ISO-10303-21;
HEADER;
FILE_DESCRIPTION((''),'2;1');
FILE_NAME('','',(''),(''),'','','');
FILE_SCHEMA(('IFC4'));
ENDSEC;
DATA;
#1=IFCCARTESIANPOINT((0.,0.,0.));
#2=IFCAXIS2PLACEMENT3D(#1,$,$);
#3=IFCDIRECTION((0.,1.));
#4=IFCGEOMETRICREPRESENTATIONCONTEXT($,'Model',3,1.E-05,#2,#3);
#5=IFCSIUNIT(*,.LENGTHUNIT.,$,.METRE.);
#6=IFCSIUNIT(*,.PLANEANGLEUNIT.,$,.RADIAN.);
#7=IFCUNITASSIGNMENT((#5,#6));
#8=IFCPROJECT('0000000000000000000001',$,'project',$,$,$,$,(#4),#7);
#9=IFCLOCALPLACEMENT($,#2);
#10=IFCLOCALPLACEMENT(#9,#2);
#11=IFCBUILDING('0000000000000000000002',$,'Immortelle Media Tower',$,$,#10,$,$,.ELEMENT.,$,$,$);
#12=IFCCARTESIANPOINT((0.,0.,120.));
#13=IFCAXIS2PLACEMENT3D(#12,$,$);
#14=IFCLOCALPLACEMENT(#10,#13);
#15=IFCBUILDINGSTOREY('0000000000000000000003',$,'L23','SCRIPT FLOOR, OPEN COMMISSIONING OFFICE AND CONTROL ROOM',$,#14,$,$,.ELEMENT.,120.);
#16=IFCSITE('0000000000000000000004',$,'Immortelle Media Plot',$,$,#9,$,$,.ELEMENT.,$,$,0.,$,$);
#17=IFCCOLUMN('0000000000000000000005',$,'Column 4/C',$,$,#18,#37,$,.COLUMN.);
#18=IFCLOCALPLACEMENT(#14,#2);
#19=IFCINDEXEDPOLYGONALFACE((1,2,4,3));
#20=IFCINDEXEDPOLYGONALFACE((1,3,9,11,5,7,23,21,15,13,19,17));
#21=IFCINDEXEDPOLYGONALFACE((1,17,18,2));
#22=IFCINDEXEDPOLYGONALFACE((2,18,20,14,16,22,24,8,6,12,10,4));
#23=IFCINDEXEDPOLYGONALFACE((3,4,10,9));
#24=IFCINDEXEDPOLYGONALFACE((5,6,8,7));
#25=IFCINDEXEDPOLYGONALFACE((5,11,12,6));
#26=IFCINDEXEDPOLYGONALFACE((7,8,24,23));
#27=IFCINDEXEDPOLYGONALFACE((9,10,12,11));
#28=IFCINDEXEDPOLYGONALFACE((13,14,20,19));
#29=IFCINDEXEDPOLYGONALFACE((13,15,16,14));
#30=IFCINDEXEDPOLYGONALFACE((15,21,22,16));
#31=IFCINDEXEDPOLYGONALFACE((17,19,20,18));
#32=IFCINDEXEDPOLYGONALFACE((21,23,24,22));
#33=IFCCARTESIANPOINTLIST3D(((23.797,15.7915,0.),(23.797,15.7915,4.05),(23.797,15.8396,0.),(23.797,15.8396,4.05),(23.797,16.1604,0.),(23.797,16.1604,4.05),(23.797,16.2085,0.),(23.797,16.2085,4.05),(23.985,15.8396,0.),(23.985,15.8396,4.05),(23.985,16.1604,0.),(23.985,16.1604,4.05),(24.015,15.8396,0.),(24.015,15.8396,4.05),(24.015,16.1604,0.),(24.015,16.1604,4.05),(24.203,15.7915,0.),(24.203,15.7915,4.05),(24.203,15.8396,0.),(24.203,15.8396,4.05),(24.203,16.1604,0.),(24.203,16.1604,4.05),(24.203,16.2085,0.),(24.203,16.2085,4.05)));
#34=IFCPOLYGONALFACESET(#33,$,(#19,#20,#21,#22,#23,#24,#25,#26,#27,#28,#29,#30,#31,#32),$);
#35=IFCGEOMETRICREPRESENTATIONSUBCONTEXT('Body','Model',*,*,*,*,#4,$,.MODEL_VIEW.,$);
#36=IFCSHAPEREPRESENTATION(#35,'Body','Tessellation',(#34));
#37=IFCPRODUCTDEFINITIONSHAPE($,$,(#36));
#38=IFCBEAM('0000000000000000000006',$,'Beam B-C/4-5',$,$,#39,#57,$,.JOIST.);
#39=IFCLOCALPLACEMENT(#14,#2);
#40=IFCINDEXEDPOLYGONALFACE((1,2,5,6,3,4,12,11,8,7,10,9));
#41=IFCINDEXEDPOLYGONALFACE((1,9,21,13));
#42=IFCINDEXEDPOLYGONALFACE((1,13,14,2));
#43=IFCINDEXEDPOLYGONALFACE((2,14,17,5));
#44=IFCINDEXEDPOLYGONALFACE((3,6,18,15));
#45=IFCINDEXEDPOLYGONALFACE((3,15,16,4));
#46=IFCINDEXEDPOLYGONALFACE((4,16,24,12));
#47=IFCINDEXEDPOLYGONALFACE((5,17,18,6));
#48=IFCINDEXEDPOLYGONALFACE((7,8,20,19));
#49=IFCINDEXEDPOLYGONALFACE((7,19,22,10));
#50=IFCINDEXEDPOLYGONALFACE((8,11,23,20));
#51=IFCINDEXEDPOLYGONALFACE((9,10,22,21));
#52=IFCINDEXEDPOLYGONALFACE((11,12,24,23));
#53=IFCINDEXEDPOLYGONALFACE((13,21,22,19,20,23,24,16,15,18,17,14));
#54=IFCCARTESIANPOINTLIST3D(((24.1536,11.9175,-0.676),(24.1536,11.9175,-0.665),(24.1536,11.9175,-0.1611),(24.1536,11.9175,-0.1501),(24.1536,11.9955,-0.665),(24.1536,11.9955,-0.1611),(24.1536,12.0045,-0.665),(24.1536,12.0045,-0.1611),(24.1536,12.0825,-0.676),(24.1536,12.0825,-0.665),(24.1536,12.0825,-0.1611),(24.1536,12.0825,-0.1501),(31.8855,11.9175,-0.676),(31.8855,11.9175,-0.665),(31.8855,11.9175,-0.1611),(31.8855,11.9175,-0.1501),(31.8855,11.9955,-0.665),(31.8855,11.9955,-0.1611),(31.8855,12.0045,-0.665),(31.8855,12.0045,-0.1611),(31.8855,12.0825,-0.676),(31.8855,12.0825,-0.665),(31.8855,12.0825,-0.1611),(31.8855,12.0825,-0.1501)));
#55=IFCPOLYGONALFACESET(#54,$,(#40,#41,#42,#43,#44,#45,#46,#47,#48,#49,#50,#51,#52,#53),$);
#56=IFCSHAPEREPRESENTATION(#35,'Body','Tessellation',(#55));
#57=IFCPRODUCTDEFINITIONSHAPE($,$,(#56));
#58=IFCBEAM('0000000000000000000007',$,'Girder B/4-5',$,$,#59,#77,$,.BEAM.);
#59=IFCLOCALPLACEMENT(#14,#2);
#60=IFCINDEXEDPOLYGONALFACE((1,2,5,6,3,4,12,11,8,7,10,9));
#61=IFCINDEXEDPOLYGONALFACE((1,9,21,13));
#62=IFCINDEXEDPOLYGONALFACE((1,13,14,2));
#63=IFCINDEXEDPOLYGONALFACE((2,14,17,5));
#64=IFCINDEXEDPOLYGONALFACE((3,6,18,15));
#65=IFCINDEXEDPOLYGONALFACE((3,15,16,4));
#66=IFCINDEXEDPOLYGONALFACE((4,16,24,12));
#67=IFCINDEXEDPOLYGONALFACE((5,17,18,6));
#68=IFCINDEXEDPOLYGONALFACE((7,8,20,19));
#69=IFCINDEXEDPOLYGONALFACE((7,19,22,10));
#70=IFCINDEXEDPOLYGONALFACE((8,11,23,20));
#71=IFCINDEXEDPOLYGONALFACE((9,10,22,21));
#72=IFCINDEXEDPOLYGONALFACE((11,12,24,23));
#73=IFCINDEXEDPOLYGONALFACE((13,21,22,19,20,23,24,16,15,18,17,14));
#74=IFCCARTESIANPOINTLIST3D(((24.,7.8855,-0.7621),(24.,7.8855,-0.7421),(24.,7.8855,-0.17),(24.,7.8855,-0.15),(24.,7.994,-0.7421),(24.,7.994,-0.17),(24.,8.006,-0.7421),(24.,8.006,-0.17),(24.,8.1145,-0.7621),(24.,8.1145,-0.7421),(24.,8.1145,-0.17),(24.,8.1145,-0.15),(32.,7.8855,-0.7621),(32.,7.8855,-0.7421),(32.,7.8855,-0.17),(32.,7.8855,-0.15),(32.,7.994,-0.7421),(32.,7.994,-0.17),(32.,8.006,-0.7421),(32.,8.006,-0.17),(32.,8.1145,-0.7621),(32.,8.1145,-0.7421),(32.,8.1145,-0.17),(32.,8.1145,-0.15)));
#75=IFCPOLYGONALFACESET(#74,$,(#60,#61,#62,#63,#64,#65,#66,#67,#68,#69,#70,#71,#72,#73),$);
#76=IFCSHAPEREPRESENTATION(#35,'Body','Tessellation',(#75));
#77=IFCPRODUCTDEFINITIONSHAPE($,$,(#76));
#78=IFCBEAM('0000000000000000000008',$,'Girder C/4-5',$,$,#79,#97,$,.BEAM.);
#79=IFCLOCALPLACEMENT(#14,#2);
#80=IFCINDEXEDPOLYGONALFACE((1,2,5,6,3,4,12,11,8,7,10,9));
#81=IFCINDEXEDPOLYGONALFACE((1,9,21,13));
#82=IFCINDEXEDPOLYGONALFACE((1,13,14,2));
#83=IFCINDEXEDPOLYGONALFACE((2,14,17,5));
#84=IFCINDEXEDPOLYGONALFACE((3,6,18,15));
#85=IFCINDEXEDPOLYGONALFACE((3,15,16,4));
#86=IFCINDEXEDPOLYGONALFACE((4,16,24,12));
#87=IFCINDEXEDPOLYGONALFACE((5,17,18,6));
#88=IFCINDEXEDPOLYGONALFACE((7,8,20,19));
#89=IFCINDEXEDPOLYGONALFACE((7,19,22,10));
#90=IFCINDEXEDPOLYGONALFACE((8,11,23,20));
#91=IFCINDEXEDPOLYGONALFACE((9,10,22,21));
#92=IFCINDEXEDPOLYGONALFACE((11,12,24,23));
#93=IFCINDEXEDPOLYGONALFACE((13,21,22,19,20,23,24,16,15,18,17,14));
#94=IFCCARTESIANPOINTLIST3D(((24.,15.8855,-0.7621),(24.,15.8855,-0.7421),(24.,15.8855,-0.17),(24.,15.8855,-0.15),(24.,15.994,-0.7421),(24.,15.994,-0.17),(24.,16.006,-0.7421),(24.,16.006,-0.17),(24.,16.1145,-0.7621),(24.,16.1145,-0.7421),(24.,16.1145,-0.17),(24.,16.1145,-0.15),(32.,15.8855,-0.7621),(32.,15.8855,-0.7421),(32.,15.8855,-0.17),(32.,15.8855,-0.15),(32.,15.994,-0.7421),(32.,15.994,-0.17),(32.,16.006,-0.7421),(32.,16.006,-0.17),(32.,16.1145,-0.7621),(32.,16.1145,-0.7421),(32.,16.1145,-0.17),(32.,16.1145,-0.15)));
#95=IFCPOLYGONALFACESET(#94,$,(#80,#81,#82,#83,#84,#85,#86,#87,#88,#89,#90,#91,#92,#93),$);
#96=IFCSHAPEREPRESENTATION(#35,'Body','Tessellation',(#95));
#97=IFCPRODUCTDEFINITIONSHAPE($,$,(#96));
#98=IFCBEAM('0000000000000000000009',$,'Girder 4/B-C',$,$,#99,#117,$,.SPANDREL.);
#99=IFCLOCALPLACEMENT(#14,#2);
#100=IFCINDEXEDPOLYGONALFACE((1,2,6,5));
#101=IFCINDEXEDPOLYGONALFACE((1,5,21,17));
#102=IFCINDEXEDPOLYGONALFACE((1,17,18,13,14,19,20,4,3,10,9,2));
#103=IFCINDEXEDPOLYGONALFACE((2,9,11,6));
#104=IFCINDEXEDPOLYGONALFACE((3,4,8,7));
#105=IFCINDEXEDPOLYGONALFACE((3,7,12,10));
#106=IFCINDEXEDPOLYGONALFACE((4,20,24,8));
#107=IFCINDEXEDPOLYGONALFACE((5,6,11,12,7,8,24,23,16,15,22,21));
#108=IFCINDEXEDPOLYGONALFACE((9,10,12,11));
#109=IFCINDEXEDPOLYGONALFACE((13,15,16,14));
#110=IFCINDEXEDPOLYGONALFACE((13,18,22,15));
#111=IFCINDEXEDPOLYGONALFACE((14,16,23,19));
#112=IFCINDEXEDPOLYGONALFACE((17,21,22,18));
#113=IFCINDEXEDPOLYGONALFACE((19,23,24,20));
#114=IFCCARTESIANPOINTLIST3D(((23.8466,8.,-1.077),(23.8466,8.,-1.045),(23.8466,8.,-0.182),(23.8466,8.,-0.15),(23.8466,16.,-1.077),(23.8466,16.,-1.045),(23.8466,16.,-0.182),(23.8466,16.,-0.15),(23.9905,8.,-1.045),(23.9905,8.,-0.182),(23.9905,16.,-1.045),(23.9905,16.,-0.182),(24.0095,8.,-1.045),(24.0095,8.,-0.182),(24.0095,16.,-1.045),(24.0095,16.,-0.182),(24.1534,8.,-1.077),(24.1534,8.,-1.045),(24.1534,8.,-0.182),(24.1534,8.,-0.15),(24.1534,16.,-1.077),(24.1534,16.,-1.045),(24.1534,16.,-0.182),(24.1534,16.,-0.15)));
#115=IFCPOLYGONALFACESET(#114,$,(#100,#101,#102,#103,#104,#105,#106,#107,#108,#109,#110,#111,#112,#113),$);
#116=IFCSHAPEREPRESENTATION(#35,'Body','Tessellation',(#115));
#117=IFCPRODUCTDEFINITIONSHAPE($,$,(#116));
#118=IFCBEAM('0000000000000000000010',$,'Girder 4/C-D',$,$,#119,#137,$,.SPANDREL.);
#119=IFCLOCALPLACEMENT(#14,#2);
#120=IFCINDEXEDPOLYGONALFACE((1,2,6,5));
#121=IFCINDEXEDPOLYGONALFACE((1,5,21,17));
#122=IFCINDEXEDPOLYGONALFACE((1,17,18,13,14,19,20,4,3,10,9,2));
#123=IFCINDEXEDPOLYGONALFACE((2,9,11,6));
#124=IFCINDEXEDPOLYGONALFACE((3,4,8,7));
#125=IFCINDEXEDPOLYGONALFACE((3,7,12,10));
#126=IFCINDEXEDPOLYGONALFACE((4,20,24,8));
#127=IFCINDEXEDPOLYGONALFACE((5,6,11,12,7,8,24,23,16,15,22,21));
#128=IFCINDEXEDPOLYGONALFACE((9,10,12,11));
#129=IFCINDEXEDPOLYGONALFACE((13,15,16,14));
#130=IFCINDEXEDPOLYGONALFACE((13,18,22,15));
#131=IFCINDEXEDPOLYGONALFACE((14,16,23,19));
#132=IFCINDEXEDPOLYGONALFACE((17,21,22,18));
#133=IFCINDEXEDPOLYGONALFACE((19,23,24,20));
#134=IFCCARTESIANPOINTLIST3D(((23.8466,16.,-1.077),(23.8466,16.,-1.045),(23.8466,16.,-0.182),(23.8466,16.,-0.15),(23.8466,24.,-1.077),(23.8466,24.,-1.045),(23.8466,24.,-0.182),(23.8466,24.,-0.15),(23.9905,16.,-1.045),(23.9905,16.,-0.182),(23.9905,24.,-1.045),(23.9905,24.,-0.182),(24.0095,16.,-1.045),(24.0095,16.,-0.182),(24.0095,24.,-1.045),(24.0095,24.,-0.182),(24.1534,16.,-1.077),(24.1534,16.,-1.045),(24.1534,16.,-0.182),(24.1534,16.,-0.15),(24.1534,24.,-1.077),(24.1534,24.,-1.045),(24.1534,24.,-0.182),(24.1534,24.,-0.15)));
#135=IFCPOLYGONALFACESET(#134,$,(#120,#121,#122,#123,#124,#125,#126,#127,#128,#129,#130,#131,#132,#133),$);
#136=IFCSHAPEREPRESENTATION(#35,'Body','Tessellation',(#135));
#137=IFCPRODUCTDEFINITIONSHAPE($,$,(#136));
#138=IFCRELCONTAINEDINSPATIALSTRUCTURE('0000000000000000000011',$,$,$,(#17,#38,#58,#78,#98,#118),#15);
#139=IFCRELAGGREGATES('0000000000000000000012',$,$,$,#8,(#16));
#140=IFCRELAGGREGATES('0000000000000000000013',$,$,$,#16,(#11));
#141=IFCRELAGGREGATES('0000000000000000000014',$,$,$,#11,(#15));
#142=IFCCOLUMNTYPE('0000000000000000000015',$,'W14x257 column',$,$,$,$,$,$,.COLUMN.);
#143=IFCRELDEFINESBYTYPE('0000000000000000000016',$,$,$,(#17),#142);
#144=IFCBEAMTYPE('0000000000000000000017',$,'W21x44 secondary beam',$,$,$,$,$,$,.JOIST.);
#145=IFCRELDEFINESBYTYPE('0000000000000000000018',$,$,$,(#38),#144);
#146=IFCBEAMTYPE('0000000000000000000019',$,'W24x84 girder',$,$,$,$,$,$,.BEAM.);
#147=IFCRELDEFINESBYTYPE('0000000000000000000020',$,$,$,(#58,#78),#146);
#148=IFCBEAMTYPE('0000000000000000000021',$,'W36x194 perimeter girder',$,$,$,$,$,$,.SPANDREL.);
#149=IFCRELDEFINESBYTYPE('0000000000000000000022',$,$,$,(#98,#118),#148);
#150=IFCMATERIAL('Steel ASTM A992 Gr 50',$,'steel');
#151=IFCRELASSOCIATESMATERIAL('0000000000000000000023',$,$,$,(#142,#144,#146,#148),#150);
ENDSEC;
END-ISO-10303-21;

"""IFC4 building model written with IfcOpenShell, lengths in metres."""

from ifc_helpers import new_model, si_unit, direction, frame, origin, origin_2d, place, context, subcontext, project, spatial, i_section, extrude, material, material_profile, profile_set, type_object, element, save


model = new_model("IFC4")

# Units and contexts
model_context = context("Model", 3, precision=1e-05, world=origin(), true_north=direction((0.0, 1.0)))
body_context = subcontext(model_context, "Body", "Model", "MODEL_VIEW")
ifc_project = project(units=[si_unit("LENGTHUNIT", "METRE"), si_unit("PLANEANGLEUNIT", "RADIAN")], contexts=[model_context])

# Site, building, storey
site_placement = place(None, origin())
site = spatial("IfcSite", under=ifc_project, at=site_placement, Name="Immortelle Media Plot", CompositionType="ELEMENT", RefElevation=0.0)
building_placement = place(site_placement, origin())
building = spatial("IfcBuilding", under=site, at=building_placement, Name="Immortelle Media Tower", CompositionType="ELEMENT")
storey_placement = place(building_placement, frame((0.0, 0.0, 120.0)))
storey = spatial("IfcBuildingStorey", under=building, at=storey_placement, Name="L23", Description="SCRIPT FLOOR, OPEN COMMISSIONING OFFICE AND CONTROL ROOM", CompositionType="ELEMENT", Elevation=120.0)

# Column
ifc_material_1 = material(Name="Steel ASTM A992 Gr 50", Category="steel")
ifc_material_profile_1 = material_profile(ifc_material_1, i_section(OverallWidth=0.406, OverallDepth=0.417, WebThickness=0.03, FlangeThickness=0.0481, at=origin_2d()), Name="W14x257")
ifc_profile_set_1 = profile_set([ifc_material_profile_1], Name="Steel ASTM A992 Gr 50")
column_type = type_object("IfcColumnType", Name="W14x257 column", PredefinedType="COLUMN", material=ifc_profile_set_1)
column_placement = place(storey_placement, frame((24.0, 16.0, 0.0), z_axis=(0.0, 0.0, 1.0), x_axis=(1.0, 0.0, 0.0)))
element("IfcColumn", 1, at=column_placement, inside=storey, type_object=column_type, Name="Column 4/C", PredefinedType="COLUMN", context=body_context, shape_type="SweptSolid", body=[
    extrude(i_section(OverallWidth=0.406, OverallDepth=0.417, WebThickness=0.03, FlangeThickness=0.0481, at=origin_2d()), origin(), (0.0, 0.0, 1.0), 4.05),
])

# Beams
ifc_material_profile_2 = material_profile(ifc_material_1, i_section(OverallWidth=0.165, OverallDepth=0.5259, WebThickness=0.009, FlangeThickness=0.011, at=origin_2d()), Name="W21x44")
ifc_profile_set_2 = profile_set([ifc_material_profile_2], Name="Steel ASTM A992 Gr 50")
beam_type_1 = type_object("IfcBeamType", Name="W21x44 secondary beam", PredefinedType="JOIST", material=ifc_profile_set_2)
beam_placement = place(storey_placement, frame((24.1536, 12.0, -0.4131), z_axis=(1.0, 0.0, 0.0), x_axis=(0.0, 1.0, 0.0)))
element("IfcBeam", 2, at=beam_placement, inside=storey, type_object=beam_type_1, Name="Beam B-C/4-5", PredefinedType="JOIST", context=body_context, shape_type="SweptSolid", body=[
    extrude(i_section(OverallWidth=0.165, OverallDepth=0.5259, WebThickness=0.009, FlangeThickness=0.011, at=origin_2d()), origin(), (0.0, 0.0, 1.0), 7.7319),
])
ifc_material_profile_3 = material_profile(ifc_material_1, i_section(OverallWidth=0.229, OverallDepth=0.6121, WebThickness=0.012, FlangeThickness=0.02, at=origin_2d()), Name="W24x84")
ifc_profile_set_3 = profile_set([ifc_material_profile_3], Name="Steel ASTM A992 Gr 50")
beam_type_2 = type_object("IfcBeamType", Name="W24x84 girder", PredefinedType="BEAM", material=ifc_profile_set_3)
for number, where, z_axis, x_axis, name in (
    (3, (24.0, 8.0, -0.4561), (1.0, 0.0, 0.0), (0.0, 1.0, 0.0), "Girder B/4-5"),
    (4, (24.0, 16.0, -0.4561), (1.0, 0.0, 0.0), (0.0, 1.0, 0.0), "Girder C/4-5"),
):
    element("IfcBeam", number, at=place(storey_placement, frame(where, z_axis=z_axis, x_axis=x_axis)), inside=storey, type_object=beam_type_2, Name=name, PredefinedType="BEAM", context=body_context, shape_type="SweptSolid", body=[
        extrude(i_section(OverallWidth=0.229, OverallDepth=0.6121, WebThickness=0.012, FlangeThickness=0.02, at=origin_2d()), origin(), (0.0, 0.0, 1.0), 8.0),
    ])
ifc_material_profile_4 = material_profile(ifc_material_1, i_section(OverallWidth=0.3069, OverallDepth=0.927, WebThickness=0.019, FlangeThickness=0.032, at=origin_2d()), Name="W36x194")
ifc_profile_set_4 = profile_set([ifc_material_profile_4], Name="Steel ASTM A992 Gr 50")
beam_type_3 = type_object("IfcBeamType", Name="W36x194 perimeter girder", PredefinedType="SPANDREL", material=ifc_profile_set_4)
for number, where, z_axis, x_axis, name in (
    (5, (24.0, 8.0, -0.6135), (0.0, 1.0, 0.0), (-1.0, 0.0, 0.0), "Girder 4/B-C"),
    (6, (24.0, 16.0, -0.6135), (0.0, 1.0, 0.0), (-1.0, 0.0, 0.0), "Girder 4/C-D"),
):
    element("IfcBeam", number, at=place(storey_placement, frame(where, z_axis=z_axis, x_axis=x_axis)), inside=storey, type_object=beam_type_3, Name=name, PredefinedType="SPANDREL", context=body_context, shape_type="SweptSolid", body=[
        extrude(i_section(OverallWidth=0.3069, OverallDepth=0.927, WebThickness=0.019, FlangeThickness=0.032, at=origin_2d()), origin(), (0.0, 0.0, 1.0), 8.0),
    ])

save(model, "model.ifc")
